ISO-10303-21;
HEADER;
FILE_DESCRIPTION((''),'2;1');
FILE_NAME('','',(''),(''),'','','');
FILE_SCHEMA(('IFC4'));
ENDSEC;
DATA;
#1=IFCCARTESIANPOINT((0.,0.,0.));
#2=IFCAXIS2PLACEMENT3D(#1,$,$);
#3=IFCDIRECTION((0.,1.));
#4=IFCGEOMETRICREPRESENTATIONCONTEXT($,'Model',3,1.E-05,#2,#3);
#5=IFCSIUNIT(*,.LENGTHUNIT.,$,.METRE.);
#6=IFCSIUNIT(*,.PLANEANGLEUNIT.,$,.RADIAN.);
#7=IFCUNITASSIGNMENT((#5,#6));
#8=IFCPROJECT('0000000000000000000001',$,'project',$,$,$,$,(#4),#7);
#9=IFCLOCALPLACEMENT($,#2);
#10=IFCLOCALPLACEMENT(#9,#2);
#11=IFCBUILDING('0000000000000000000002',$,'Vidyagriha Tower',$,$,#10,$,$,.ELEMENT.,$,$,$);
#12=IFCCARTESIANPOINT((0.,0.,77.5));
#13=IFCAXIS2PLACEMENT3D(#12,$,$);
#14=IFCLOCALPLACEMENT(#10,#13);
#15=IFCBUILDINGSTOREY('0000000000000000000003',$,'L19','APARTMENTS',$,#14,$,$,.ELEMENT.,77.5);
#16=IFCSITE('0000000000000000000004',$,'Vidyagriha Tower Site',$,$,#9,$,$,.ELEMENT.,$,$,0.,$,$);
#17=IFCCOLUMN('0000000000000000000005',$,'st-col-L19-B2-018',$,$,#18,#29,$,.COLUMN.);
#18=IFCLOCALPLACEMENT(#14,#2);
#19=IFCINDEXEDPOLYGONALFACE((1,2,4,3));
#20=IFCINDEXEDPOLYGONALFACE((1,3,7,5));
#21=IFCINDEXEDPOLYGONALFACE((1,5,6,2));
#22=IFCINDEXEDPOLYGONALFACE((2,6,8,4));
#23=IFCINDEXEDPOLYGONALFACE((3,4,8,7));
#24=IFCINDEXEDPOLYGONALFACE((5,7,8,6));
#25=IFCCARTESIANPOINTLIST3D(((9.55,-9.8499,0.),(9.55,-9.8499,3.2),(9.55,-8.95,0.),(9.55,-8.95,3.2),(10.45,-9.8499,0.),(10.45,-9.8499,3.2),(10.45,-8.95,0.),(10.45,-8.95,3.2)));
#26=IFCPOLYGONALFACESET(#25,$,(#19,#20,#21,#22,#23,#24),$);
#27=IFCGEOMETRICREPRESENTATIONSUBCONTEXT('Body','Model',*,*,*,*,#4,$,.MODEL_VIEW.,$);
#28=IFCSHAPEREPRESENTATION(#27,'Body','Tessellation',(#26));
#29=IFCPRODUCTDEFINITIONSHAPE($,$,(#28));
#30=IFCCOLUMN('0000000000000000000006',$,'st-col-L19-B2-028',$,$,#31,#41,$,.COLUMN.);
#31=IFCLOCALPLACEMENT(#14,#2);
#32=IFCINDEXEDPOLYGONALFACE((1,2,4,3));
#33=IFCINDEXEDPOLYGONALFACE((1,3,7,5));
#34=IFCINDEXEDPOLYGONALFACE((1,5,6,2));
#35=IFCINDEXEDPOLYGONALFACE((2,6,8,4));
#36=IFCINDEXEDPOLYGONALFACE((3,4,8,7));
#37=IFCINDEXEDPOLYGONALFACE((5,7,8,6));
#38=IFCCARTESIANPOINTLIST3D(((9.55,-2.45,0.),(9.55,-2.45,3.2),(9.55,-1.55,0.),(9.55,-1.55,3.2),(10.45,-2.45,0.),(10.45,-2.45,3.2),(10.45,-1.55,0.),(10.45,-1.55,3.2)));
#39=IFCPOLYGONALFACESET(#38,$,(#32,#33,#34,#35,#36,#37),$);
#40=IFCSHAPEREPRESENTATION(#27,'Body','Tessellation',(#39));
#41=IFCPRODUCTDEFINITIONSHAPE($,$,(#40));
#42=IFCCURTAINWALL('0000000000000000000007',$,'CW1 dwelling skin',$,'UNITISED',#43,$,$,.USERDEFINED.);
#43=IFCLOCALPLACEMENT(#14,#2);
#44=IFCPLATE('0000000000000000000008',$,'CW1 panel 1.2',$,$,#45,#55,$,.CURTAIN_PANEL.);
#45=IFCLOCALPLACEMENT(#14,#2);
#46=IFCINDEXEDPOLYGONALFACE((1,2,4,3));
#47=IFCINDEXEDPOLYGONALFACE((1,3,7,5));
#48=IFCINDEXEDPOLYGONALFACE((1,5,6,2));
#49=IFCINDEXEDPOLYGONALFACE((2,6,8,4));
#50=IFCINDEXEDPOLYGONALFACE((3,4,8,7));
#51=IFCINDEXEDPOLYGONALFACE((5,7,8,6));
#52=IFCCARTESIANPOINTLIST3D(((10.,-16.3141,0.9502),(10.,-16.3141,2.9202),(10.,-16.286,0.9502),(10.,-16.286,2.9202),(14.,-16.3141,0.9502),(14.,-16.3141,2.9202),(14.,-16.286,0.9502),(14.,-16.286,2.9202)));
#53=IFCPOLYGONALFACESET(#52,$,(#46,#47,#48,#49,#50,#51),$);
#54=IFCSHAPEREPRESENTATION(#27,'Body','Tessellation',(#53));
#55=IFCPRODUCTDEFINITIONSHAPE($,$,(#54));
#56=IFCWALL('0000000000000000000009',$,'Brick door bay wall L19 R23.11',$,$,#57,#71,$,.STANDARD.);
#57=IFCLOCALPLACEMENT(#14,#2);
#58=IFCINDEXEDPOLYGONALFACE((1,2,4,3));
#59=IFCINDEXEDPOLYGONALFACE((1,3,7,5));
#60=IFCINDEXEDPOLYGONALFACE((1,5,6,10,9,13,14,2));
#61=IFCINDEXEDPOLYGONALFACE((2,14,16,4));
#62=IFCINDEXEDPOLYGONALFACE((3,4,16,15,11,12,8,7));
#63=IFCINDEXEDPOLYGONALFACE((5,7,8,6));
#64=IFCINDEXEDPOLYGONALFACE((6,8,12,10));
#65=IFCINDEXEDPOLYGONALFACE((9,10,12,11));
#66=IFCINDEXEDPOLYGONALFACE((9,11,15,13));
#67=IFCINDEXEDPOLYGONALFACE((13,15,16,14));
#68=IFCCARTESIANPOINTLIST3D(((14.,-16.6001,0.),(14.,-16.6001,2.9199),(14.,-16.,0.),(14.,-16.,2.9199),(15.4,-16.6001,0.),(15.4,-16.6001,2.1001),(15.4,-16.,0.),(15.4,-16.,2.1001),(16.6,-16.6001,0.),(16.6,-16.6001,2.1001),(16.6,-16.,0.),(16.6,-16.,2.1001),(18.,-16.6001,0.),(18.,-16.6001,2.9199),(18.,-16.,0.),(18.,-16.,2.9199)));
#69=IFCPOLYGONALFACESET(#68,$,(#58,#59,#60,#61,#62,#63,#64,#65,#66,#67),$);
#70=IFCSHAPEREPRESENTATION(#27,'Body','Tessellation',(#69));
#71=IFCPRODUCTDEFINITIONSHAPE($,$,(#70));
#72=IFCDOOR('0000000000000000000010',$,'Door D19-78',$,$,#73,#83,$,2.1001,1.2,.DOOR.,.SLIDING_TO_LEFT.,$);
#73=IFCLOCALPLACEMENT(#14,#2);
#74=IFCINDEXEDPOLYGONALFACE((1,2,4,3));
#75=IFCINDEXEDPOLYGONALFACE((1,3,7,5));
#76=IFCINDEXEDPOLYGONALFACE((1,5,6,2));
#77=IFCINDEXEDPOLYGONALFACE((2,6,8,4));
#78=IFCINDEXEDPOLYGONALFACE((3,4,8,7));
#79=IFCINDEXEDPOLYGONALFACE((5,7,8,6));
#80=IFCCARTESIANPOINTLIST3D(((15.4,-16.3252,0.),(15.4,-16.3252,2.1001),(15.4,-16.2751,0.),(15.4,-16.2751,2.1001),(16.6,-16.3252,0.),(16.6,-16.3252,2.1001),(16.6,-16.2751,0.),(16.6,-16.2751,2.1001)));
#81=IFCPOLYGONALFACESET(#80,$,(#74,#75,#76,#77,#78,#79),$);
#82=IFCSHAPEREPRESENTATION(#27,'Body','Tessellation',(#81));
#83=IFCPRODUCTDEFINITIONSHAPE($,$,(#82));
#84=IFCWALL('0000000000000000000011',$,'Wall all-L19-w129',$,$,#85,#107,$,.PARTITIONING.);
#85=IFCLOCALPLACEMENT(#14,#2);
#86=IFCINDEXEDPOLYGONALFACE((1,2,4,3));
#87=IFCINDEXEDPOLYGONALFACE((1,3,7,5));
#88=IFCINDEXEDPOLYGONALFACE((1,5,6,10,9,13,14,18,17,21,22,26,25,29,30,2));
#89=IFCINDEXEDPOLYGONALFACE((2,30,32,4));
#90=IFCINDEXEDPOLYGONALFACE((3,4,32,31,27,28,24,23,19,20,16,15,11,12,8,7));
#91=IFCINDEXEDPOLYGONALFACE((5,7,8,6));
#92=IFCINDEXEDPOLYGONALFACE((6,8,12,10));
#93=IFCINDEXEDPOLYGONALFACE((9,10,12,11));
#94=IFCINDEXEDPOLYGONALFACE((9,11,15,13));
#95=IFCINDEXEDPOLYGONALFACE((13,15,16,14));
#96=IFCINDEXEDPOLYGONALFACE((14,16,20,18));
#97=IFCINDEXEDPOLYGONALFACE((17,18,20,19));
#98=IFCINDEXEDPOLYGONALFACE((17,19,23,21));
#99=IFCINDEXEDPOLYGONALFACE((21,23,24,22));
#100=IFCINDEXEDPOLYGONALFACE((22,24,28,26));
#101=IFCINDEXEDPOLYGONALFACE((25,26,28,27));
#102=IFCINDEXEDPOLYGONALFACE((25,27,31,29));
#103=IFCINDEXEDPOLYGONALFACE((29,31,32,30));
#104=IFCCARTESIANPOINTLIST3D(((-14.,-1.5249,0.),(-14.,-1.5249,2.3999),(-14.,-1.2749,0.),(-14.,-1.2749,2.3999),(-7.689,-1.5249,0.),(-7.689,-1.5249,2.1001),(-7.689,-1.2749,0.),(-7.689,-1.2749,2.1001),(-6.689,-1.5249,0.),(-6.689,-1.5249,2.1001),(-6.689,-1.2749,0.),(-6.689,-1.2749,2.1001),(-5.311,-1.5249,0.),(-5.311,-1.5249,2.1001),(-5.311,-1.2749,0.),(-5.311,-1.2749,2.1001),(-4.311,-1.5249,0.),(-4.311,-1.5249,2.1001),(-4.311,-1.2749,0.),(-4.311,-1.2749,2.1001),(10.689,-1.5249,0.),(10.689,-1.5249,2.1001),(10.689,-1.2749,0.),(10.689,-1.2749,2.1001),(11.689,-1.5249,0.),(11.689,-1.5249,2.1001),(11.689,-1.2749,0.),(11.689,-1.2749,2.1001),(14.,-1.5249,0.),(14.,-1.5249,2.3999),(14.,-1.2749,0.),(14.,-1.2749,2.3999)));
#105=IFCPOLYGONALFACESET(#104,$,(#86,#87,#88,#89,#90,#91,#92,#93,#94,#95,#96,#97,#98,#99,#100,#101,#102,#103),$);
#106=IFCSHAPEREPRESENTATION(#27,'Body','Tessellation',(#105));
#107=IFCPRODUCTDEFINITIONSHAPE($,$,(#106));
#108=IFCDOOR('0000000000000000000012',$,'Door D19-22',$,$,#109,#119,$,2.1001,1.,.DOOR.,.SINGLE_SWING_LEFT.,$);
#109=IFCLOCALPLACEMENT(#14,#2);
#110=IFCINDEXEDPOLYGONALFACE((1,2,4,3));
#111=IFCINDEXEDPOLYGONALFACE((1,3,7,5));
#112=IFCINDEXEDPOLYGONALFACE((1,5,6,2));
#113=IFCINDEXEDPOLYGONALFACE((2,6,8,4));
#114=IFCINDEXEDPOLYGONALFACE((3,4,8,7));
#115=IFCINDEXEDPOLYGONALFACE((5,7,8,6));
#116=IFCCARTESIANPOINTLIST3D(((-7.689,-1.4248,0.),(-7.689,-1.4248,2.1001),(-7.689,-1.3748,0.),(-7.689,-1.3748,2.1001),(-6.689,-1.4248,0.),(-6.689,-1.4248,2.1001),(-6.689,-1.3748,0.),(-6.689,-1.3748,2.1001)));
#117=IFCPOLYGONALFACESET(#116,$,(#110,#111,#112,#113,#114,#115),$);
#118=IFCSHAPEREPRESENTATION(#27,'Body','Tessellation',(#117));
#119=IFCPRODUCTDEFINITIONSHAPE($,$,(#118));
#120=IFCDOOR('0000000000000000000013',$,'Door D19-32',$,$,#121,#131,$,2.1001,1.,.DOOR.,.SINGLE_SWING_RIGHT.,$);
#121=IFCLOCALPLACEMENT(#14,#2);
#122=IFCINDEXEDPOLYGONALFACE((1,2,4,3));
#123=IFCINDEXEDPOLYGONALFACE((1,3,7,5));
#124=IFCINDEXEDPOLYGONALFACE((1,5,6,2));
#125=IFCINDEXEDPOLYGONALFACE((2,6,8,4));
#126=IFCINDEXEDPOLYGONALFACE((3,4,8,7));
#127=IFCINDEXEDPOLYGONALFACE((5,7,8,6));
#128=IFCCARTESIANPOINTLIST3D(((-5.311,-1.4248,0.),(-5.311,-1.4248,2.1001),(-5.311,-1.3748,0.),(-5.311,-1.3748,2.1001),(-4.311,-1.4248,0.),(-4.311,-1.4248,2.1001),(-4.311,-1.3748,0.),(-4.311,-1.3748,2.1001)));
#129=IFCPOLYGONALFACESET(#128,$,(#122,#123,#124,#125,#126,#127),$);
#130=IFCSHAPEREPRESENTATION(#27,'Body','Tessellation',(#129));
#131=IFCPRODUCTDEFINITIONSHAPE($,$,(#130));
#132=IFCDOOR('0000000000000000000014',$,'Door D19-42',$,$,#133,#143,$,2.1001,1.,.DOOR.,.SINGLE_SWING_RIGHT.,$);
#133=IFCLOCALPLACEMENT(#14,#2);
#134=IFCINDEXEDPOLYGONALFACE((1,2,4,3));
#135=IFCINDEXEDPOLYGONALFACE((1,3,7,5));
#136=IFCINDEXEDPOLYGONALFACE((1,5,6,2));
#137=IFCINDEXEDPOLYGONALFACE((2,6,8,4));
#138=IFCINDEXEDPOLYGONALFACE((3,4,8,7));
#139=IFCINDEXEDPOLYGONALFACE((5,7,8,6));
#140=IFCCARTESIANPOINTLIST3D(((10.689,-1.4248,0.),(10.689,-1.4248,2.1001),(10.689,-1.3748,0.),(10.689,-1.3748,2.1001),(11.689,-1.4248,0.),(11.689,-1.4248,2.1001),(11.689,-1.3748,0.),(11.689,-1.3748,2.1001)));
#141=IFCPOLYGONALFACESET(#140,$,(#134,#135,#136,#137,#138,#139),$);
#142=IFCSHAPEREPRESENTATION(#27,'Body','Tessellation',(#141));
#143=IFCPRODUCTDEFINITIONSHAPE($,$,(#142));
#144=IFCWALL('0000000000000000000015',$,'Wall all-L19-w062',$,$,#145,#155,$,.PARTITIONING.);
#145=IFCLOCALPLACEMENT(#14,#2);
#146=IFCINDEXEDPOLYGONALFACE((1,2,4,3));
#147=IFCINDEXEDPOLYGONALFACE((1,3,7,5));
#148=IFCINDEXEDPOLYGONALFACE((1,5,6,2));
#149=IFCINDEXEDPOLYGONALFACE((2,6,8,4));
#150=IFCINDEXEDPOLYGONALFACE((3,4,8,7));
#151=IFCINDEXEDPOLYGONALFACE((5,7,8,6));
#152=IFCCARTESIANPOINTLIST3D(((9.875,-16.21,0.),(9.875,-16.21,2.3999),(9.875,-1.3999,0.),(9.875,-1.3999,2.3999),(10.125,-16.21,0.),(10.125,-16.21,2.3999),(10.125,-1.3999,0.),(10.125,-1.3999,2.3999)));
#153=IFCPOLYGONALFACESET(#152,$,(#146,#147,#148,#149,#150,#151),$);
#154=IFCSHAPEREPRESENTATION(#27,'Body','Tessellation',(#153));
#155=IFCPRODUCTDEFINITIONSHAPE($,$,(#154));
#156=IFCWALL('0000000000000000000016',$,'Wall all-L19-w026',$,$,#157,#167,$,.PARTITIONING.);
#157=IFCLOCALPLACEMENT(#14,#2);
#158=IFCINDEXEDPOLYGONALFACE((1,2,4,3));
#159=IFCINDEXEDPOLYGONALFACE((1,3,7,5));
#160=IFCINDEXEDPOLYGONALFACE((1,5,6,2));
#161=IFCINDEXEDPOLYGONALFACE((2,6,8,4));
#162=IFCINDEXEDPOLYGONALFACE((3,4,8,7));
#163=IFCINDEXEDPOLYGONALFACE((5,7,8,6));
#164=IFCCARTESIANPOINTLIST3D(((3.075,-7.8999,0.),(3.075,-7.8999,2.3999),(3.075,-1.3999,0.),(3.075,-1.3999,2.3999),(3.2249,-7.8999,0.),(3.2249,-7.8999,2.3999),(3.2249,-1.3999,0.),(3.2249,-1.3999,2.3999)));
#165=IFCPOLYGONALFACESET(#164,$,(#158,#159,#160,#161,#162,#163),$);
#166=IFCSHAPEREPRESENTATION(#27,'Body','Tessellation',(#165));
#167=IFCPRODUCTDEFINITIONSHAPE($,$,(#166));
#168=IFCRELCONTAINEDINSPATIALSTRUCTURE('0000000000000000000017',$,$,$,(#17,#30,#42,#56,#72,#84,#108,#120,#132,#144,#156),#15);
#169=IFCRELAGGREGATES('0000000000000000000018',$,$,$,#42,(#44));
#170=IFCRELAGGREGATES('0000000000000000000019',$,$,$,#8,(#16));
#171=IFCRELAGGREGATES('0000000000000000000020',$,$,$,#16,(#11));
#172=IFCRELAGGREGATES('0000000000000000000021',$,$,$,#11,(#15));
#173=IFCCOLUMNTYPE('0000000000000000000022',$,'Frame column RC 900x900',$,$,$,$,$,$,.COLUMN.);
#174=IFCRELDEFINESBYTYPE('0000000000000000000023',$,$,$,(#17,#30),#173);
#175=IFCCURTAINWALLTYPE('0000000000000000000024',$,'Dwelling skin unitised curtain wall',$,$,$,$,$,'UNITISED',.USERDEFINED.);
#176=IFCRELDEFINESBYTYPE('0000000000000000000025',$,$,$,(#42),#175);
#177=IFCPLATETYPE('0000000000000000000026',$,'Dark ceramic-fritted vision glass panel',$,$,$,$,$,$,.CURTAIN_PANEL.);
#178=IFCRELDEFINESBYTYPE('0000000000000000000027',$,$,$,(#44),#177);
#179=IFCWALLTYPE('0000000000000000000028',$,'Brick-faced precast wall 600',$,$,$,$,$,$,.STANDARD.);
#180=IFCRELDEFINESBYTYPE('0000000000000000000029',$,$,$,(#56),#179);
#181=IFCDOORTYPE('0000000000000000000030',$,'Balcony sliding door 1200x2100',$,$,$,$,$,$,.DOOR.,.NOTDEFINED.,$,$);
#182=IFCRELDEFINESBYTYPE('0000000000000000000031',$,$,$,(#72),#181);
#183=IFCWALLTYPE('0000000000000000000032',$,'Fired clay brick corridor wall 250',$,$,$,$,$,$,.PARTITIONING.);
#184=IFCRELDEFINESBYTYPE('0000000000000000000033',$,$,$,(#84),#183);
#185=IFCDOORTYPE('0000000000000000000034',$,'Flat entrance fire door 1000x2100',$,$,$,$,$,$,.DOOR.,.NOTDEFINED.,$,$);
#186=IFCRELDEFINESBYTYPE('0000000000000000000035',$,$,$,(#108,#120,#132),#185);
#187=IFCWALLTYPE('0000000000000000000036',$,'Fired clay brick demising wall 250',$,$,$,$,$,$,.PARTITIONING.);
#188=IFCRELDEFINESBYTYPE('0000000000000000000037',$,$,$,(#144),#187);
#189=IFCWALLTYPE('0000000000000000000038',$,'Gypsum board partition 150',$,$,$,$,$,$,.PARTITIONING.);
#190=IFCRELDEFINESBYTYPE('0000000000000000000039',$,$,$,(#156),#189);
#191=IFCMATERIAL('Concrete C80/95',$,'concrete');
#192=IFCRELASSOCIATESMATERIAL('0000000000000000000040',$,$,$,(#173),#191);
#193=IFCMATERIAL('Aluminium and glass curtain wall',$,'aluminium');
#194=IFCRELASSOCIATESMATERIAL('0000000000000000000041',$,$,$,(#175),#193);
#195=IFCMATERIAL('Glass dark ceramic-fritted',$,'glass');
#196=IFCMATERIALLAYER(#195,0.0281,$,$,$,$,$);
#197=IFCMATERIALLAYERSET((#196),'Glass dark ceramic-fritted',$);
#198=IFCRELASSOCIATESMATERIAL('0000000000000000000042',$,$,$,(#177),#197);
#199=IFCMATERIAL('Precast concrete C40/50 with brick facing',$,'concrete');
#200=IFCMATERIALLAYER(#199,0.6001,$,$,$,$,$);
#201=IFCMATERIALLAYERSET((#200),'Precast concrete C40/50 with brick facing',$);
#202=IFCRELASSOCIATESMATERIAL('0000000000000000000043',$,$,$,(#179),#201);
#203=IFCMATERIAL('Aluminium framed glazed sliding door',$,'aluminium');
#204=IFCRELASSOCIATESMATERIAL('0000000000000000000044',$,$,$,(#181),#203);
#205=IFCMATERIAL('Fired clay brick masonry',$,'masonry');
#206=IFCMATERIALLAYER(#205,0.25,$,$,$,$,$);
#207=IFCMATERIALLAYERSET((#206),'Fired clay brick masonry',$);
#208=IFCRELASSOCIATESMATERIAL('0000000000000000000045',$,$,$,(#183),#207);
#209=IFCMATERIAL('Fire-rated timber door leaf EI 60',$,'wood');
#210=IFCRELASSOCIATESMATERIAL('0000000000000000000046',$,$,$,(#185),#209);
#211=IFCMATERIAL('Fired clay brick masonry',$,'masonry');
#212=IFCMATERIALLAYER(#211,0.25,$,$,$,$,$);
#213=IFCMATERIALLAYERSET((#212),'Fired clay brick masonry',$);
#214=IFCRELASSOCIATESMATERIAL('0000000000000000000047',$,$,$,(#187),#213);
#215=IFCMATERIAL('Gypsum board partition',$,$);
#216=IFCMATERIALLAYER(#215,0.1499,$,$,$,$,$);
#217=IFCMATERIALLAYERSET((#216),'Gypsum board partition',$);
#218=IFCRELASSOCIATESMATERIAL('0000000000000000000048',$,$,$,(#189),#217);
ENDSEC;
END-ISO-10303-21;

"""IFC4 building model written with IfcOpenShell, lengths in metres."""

from ifc_helpers import new_model, si_unit, direction, frame, frame_2d, origin, origin_2d, place, context, subcontext, project, spatial, rectangle, extrude, material, layer, layer_set, material_profile, profile_set, type_object, element, fill, aggregate, save


model = new_model("IFC4")

# Units and contexts
model_context = context("Model", 3, precision=1e-05, world=origin(), true_north=direction((0.0, 1.0)))
body_context = subcontext(model_context, "Body", "Model", "MODEL_VIEW")
ifc_project = project(units=[si_unit("LENGTHUNIT", "METRE"), si_unit("PLANEANGLEUNIT", "RADIAN")], contexts=[model_context])

# Site, building, storey
site_placement = place(None, origin())
site = spatial("IfcSite", under=ifc_project, at=site_placement, Name="Vidyagriha Tower Site", CompositionType="ELEMENT", RefElevation=0.0)
building_placement = place(site_placement, origin())
building = spatial("IfcBuilding", under=site, at=building_placement, Name="Vidyagriha Tower", CompositionType="ELEMENT")
storey_placement = place(building_placement, frame((0.0, 0.0, 77.5)))
storey = spatial("IfcBuildingStorey", under=building, at=storey_placement, Name="L19", Description="APARTMENTS", CompositionType="ELEMENT", Elevation=77.5)

# Columns
ifc_material_1 = material(Name="Concrete C80/95", Category="concrete")
ifc_material_profile = material_profile(ifc_material_1, rectangle(XDim=0.8999, YDim=0.8999, at=origin_2d()), Name="RC 900x900")
ifc_profile_set = profile_set([ifc_material_profile], Name="Concrete C80/95")
column_type = type_object("IfcColumnType", Name="Frame column RC 900x900", PredefinedType="COLUMN", material=ifc_profile_set)
for number, where, name in (
    (1, (10.0, -9.3999, 0.0), "st-col-L19-B2-018"),
    (2, (10.0, -2.0, 0.0), "st-col-L19-B2-028"),
):
    element("IfcColumn", number, at=place(storey_placement, frame(where)), inside=storey, type_object=column_type, Name=name, PredefinedType="COLUMN", context=body_context, shape_type="SweptSolid", body=[
        extrude(rectangle(XDim=0.8999, YDim=0.8999, at=origin_2d()), origin(), (0.0, 0.0, 1.0), 3.2),
    ])

# Curtain wall, plate
ifc_material_2 = material(Name="Aluminium and glass curtain wall", Category="aluminium")
curtain_wall_type = type_object("IfcCurtainWallType", Name="Dwelling skin unitised curtain wall", ElementType="UNITISED", PredefinedType="USERDEFINED", material=ifc_material_2)
curtain_wall_placement = place(storey_placement, origin())
curtain_wall = element("IfcCurtainWall", 3, at=curtain_wall_placement, inside=storey, type_object=curtain_wall_type, Name="CW1 dwelling skin", ObjectType="UNITISED", PredefinedType="USERDEFINED")
ifc_material_3 = material(Name="Glass dark ceramic-fritted", Category="glass")
ifc_layer_1 = layer(ifc_material_3, 0.0281)
ifc_layer_set_1 = layer_set([ifc_layer_1], Name="Glass dark ceramic-fritted")
plate_type = type_object("IfcPlateType", Name="Dark ceramic-fritted vision glass panel", PredefinedType="CURTAIN_PANEL", material=ifc_layer_set_1)
plate_placement = place(storey_placement, frame((12.0, -16.3, 0.9502)))
plate = element("IfcPlate", 4, at=plate_placement, type_object=plate_type, Name="CW1 panel 1.2", PredefinedType="CURTAIN_PANEL", context=body_context, shape_type="SweptSolid", body=[
    extrude(rectangle(XDim=4.0, YDim=0.0281, at=origin_2d()), origin(), (0.0, 0.0, 1.0), 1.97),
])
aggregate(curtain_wall, [plate])

# Wall, opening, door
ifc_material_4 = material(Name="Precast concrete C40/50 with brick facing", Category="concrete")
ifc_layer_2 = layer(ifc_material_4, 0.6001)
ifc_layer_set_2 = layer_set([ifc_layer_2], Name="Precast concrete C40/50 with brick facing")
wall_type_1 = type_object("IfcWallType", Name="Brick-faced precast wall 600", PredefinedType="STANDARD", material=ifc_layer_set_2)
wall_1_placement = place(storey_placement, frame((14.0, -16.3, 0.0)))
wall_1 = element("IfcWall", 5, at=wall_1_placement, inside=storey, type_object=wall_type_1, Name="Brick door bay wall L19 R23.11", PredefinedType="STANDARD", context=body_context, shape_type="SweptSolid", body=[
    extrude(rectangle(XDim=4.0, YDim=0.6001, at=frame_2d((2.0, 0.0))), origin(), (0.0, 0.0, 1.0), 2.9199),
])
opening_1_placement = place(wall_1_placement, frame((1.3999, 0.0, 0.0)))
opening_1 = element("IfcOpeningElement", 6, at=opening_1_placement, cuts=wall_1, PredefinedType="OPENING", context=body_context, shape_type="SweptSolid", body=[
    extrude(rectangle(XDim=1.2, YDim=2.1001, at=frame_2d((0.6001, 1.05))), frame((0.0, 0.3101, 0.0), z_axis=(0.0, -1.0, 0.0), x_axis=(1.0, 0.0, 0.0)), (0.0, 0.0, 1.0), 0.6201),
])
ifc_material_5 = material(Name="Aluminium framed glazed sliding door", Category="aluminium")
door_type_1 = type_object("IfcDoorType", Name="Balcony sliding door 1200x2100", OperationType="NOTDEFINED", PredefinedType="DOOR", material=ifc_material_5)
door_1_placement = place(opening_1_placement, origin())
door_1 = element("IfcDoor", 7, at=door_1_placement, inside=storey, type_object=door_type_1, Name="Door D19-78", OperationType="SLIDING_TO_LEFT", OverallHeight=2.1001, OverallWidth=1.2, PredefinedType="DOOR", context=body_context, shape_type="SweptSolid", body=[
    extrude(rectangle(XDim=1.2, YDim=2.1001, at=frame_2d((0.6001, 1.05))), frame((0.0, 0.0249, 0.0), z_axis=(0.0, -1.0, 0.0), x_axis=(1.0, 0.0, 0.0)), (0.0, 0.0, 1.0), 0.05),
])
fill(opening_1, door_1)

# Wall, openings, doors
ifc_material_6 = material(Name="Fired clay brick masonry", Category="masonry")
ifc_layer_3 = layer(ifc_material_6, 0.25)
ifc_layer_set_3 = layer_set([ifc_layer_3], Name="Fired clay brick masonry")
wall_type_2 = type_object("IfcWallType", Name="Fired clay brick corridor wall 250", PredefinedType="PARTITIONING", material=ifc_layer_set_3)
wall_2_placement = place(storey_placement, frame((14.0, -1.3999, 0.0), z_axis=(0.0, 0.0, 1.0), x_axis=(-1.0, 0.0, 0.0)))
wall_2 = element("IfcWall", 8, at=wall_2_placement, inside=storey, type_object=wall_type_2, Name="Wall all-L19-w129", PredefinedType="PARTITIONING", context=body_context, shape_type="SweptSolid", body=[
    extrude(rectangle(XDim=28.0, YDim=0.25, at=frame_2d((14.0, 0.0))), origin(), (0.0, 0.0, 1.0), 2.3999),
])
opening_2_placement = place(wall_2_placement, frame((20.689, 0.0, 0.0)))
opening_2 = element("IfcOpeningElement", 9, at=opening_2_placement, cuts=wall_2, PredefinedType="OPENING", context=body_context, shape_type="SweptSolid", body=[
    extrude(rectangle(XDim=1.0, YDim=2.1001, at=frame_2d((0.5, 1.05))), frame((0.0, 0.135, 0.0), z_axis=(0.0, -1.0, 0.0), x_axis=(1.0, 0.0, 0.0)), (0.0, 0.0, 1.0), 0.27),
])
opening_3_placement = place(wall_2_placement, frame((18.311, 0.0, 0.0)))
opening_3 = element("IfcOpeningElement", 10, at=opening_3_placement, cuts=wall_2, PredefinedType="OPENING", context=body_context, shape_type="SweptSolid", body=[
    extrude(rectangle(XDim=1.0, YDim=2.1001, at=frame_2d((0.5, 1.05))), frame((0.0, 0.135, 0.0), z_axis=(0.0, -1.0, 0.0), x_axis=(1.0, 0.0, 0.0)), (0.0, 0.0, 1.0), 0.27),
])
opening_4_placement = place(wall_2_placement, frame((2.311, 0.0, 0.0)))
opening_4 = element("IfcOpeningElement", 11, at=opening_4_placement, cuts=wall_2, PredefinedType="OPENING", context=body_context, shape_type="SweptSolid", body=[
    extrude(rectangle(XDim=1.0, YDim=2.1001, at=frame_2d((0.5, 1.05))), frame((0.0, 0.135, 0.0), z_axis=(0.0, -1.0, 0.0), x_axis=(1.0, 0.0, 0.0)), (0.0, 0.0, 1.0), 0.27),
])
ifc_material_7 = material(Name="Fire-rated timber door leaf EI 60", Category="wood")
door_type_2 = type_object("IfcDoorType", Name="Flat entrance fire door 1000x2100", OperationType="NOTDEFINED", PredefinedType="DOOR", material=ifc_material_7)
door_2_placement = place(opening_2_placement, origin())
door_2 = element("IfcDoor", 12, at=door_2_placement, inside=storey, type_object=door_type_2, Name="Door D19-22", OperationType="SINGLE_SWING_LEFT", OverallHeight=2.1001, OverallWidth=1.0, PredefinedType="DOOR", context=body_context, shape_type="SweptSolid", body=[
    extrude(rectangle(XDim=1.0, YDim=2.1001, at=frame_2d((0.5, 1.05))), frame((0.0, 0.0249, 0.0), z_axis=(0.0, -1.0, 0.0), x_axis=(1.0, 0.0, 0.0)), (0.0, 0.0, 1.0), 0.05),
])
fill(opening_2, door_2)
door_3_placement = place(opening_3_placement, origin())
door_3 = element("IfcDoor", 13, at=door_3_placement, inside=storey, type_object=door_type_2, Name="Door D19-32", OperationType="SINGLE_SWING_RIGHT", OverallHeight=2.1001, OverallWidth=1.0, PredefinedType="DOOR", context=body_context, shape_type="SweptSolid", body=[
    extrude(rectangle(XDim=1.0, YDim=2.1001, at=frame_2d((0.5, 1.05))), frame((0.0, 0.0249, 0.0), z_axis=(0.0, -1.0, 0.0), x_axis=(1.0, 0.0, 0.0)), (0.0, 0.0, 1.0), 0.05),
])
fill(opening_3, door_3)
door_4_placement = place(opening_4_placement, origin())
door_4 = element("IfcDoor", 14, at=door_4_placement, inside=storey, type_object=door_type_2, Name="Door D19-42", OperationType="SINGLE_SWING_RIGHT", OverallHeight=2.1001, OverallWidth=1.0, PredefinedType="DOOR", context=body_context, shape_type="SweptSolid", body=[
    extrude(rectangle(XDim=1.0, YDim=2.1001, at=frame_2d((0.5, 1.05))), frame((0.0, 0.0249, 0.0), z_axis=(0.0, -1.0, 0.0), x_axis=(1.0, 0.0, 0.0)), (0.0, 0.0, 1.0), 0.05),
])
fill(opening_4, door_4)

# Walls
ifc_material_8 = material(Name="Fired clay brick masonry", Category="masonry")
ifc_layer_4 = layer(ifc_material_8, 0.25)
ifc_layer_set_4 = layer_set([ifc_layer_4], Name="Fired clay brick masonry")
wall_type_3 = type_object("IfcWallType", Name="Fired clay brick demising wall 250", PredefinedType="PARTITIONING", material=ifc_layer_set_4)
wall_3_placement = place(storey_placement, frame((10.0, -1.3999, 0.0), z_axis=(0.0, 0.0, 1.0), x_axis=(0.0, -1.0, 0.0)))
element("IfcWall", 15, at=wall_3_placement, inside=storey, type_object=wall_type_3, Name="Wall all-L19-w062", PredefinedType="PARTITIONING", context=body_context, shape_type="SweptSolid", body=[
    extrude(rectangle(XDim=14.8101, YDim=0.25, at=frame_2d((7.405, 0.0))), origin(), (0.0, 0.0, 1.0), 2.3999),
])
ifc_material_9 = material(Name="Gypsum board partition")
ifc_layer_5 = layer(ifc_material_9, 0.1499)
ifc_layer_set_5 = layer_set([ifc_layer_5], Name="Gypsum board partition")
wall_type_4 = type_object("IfcWallType", Name="Gypsum board partition 150", PredefinedType="PARTITIONING", material=ifc_layer_set_5)
for number, where, z_axis, x_axis, name in (
    (16, (3.1499, -1.3999, 0.0), (0.0, 0.0, 1.0), (0.0, -1.0, 0.0), "Wall all-L19-w026"),
):
    element("IfcWall", number, at=place(storey_placement, frame(where, z_axis=z_axis, x_axis=x_axis)), inside=storey, type_object=wall_type_4, Name=name, PredefinedType="PARTITIONING", context=body_context, shape_type="SweptSolid", body=[
        extrude(rectangle(XDim=6.5, YDim=0.1499, at=frame_2d((3.25, 0.0))), origin(), (0.0, 0.0, 1.0), 2.3999),
    ])

save(model, "model.ifc")
